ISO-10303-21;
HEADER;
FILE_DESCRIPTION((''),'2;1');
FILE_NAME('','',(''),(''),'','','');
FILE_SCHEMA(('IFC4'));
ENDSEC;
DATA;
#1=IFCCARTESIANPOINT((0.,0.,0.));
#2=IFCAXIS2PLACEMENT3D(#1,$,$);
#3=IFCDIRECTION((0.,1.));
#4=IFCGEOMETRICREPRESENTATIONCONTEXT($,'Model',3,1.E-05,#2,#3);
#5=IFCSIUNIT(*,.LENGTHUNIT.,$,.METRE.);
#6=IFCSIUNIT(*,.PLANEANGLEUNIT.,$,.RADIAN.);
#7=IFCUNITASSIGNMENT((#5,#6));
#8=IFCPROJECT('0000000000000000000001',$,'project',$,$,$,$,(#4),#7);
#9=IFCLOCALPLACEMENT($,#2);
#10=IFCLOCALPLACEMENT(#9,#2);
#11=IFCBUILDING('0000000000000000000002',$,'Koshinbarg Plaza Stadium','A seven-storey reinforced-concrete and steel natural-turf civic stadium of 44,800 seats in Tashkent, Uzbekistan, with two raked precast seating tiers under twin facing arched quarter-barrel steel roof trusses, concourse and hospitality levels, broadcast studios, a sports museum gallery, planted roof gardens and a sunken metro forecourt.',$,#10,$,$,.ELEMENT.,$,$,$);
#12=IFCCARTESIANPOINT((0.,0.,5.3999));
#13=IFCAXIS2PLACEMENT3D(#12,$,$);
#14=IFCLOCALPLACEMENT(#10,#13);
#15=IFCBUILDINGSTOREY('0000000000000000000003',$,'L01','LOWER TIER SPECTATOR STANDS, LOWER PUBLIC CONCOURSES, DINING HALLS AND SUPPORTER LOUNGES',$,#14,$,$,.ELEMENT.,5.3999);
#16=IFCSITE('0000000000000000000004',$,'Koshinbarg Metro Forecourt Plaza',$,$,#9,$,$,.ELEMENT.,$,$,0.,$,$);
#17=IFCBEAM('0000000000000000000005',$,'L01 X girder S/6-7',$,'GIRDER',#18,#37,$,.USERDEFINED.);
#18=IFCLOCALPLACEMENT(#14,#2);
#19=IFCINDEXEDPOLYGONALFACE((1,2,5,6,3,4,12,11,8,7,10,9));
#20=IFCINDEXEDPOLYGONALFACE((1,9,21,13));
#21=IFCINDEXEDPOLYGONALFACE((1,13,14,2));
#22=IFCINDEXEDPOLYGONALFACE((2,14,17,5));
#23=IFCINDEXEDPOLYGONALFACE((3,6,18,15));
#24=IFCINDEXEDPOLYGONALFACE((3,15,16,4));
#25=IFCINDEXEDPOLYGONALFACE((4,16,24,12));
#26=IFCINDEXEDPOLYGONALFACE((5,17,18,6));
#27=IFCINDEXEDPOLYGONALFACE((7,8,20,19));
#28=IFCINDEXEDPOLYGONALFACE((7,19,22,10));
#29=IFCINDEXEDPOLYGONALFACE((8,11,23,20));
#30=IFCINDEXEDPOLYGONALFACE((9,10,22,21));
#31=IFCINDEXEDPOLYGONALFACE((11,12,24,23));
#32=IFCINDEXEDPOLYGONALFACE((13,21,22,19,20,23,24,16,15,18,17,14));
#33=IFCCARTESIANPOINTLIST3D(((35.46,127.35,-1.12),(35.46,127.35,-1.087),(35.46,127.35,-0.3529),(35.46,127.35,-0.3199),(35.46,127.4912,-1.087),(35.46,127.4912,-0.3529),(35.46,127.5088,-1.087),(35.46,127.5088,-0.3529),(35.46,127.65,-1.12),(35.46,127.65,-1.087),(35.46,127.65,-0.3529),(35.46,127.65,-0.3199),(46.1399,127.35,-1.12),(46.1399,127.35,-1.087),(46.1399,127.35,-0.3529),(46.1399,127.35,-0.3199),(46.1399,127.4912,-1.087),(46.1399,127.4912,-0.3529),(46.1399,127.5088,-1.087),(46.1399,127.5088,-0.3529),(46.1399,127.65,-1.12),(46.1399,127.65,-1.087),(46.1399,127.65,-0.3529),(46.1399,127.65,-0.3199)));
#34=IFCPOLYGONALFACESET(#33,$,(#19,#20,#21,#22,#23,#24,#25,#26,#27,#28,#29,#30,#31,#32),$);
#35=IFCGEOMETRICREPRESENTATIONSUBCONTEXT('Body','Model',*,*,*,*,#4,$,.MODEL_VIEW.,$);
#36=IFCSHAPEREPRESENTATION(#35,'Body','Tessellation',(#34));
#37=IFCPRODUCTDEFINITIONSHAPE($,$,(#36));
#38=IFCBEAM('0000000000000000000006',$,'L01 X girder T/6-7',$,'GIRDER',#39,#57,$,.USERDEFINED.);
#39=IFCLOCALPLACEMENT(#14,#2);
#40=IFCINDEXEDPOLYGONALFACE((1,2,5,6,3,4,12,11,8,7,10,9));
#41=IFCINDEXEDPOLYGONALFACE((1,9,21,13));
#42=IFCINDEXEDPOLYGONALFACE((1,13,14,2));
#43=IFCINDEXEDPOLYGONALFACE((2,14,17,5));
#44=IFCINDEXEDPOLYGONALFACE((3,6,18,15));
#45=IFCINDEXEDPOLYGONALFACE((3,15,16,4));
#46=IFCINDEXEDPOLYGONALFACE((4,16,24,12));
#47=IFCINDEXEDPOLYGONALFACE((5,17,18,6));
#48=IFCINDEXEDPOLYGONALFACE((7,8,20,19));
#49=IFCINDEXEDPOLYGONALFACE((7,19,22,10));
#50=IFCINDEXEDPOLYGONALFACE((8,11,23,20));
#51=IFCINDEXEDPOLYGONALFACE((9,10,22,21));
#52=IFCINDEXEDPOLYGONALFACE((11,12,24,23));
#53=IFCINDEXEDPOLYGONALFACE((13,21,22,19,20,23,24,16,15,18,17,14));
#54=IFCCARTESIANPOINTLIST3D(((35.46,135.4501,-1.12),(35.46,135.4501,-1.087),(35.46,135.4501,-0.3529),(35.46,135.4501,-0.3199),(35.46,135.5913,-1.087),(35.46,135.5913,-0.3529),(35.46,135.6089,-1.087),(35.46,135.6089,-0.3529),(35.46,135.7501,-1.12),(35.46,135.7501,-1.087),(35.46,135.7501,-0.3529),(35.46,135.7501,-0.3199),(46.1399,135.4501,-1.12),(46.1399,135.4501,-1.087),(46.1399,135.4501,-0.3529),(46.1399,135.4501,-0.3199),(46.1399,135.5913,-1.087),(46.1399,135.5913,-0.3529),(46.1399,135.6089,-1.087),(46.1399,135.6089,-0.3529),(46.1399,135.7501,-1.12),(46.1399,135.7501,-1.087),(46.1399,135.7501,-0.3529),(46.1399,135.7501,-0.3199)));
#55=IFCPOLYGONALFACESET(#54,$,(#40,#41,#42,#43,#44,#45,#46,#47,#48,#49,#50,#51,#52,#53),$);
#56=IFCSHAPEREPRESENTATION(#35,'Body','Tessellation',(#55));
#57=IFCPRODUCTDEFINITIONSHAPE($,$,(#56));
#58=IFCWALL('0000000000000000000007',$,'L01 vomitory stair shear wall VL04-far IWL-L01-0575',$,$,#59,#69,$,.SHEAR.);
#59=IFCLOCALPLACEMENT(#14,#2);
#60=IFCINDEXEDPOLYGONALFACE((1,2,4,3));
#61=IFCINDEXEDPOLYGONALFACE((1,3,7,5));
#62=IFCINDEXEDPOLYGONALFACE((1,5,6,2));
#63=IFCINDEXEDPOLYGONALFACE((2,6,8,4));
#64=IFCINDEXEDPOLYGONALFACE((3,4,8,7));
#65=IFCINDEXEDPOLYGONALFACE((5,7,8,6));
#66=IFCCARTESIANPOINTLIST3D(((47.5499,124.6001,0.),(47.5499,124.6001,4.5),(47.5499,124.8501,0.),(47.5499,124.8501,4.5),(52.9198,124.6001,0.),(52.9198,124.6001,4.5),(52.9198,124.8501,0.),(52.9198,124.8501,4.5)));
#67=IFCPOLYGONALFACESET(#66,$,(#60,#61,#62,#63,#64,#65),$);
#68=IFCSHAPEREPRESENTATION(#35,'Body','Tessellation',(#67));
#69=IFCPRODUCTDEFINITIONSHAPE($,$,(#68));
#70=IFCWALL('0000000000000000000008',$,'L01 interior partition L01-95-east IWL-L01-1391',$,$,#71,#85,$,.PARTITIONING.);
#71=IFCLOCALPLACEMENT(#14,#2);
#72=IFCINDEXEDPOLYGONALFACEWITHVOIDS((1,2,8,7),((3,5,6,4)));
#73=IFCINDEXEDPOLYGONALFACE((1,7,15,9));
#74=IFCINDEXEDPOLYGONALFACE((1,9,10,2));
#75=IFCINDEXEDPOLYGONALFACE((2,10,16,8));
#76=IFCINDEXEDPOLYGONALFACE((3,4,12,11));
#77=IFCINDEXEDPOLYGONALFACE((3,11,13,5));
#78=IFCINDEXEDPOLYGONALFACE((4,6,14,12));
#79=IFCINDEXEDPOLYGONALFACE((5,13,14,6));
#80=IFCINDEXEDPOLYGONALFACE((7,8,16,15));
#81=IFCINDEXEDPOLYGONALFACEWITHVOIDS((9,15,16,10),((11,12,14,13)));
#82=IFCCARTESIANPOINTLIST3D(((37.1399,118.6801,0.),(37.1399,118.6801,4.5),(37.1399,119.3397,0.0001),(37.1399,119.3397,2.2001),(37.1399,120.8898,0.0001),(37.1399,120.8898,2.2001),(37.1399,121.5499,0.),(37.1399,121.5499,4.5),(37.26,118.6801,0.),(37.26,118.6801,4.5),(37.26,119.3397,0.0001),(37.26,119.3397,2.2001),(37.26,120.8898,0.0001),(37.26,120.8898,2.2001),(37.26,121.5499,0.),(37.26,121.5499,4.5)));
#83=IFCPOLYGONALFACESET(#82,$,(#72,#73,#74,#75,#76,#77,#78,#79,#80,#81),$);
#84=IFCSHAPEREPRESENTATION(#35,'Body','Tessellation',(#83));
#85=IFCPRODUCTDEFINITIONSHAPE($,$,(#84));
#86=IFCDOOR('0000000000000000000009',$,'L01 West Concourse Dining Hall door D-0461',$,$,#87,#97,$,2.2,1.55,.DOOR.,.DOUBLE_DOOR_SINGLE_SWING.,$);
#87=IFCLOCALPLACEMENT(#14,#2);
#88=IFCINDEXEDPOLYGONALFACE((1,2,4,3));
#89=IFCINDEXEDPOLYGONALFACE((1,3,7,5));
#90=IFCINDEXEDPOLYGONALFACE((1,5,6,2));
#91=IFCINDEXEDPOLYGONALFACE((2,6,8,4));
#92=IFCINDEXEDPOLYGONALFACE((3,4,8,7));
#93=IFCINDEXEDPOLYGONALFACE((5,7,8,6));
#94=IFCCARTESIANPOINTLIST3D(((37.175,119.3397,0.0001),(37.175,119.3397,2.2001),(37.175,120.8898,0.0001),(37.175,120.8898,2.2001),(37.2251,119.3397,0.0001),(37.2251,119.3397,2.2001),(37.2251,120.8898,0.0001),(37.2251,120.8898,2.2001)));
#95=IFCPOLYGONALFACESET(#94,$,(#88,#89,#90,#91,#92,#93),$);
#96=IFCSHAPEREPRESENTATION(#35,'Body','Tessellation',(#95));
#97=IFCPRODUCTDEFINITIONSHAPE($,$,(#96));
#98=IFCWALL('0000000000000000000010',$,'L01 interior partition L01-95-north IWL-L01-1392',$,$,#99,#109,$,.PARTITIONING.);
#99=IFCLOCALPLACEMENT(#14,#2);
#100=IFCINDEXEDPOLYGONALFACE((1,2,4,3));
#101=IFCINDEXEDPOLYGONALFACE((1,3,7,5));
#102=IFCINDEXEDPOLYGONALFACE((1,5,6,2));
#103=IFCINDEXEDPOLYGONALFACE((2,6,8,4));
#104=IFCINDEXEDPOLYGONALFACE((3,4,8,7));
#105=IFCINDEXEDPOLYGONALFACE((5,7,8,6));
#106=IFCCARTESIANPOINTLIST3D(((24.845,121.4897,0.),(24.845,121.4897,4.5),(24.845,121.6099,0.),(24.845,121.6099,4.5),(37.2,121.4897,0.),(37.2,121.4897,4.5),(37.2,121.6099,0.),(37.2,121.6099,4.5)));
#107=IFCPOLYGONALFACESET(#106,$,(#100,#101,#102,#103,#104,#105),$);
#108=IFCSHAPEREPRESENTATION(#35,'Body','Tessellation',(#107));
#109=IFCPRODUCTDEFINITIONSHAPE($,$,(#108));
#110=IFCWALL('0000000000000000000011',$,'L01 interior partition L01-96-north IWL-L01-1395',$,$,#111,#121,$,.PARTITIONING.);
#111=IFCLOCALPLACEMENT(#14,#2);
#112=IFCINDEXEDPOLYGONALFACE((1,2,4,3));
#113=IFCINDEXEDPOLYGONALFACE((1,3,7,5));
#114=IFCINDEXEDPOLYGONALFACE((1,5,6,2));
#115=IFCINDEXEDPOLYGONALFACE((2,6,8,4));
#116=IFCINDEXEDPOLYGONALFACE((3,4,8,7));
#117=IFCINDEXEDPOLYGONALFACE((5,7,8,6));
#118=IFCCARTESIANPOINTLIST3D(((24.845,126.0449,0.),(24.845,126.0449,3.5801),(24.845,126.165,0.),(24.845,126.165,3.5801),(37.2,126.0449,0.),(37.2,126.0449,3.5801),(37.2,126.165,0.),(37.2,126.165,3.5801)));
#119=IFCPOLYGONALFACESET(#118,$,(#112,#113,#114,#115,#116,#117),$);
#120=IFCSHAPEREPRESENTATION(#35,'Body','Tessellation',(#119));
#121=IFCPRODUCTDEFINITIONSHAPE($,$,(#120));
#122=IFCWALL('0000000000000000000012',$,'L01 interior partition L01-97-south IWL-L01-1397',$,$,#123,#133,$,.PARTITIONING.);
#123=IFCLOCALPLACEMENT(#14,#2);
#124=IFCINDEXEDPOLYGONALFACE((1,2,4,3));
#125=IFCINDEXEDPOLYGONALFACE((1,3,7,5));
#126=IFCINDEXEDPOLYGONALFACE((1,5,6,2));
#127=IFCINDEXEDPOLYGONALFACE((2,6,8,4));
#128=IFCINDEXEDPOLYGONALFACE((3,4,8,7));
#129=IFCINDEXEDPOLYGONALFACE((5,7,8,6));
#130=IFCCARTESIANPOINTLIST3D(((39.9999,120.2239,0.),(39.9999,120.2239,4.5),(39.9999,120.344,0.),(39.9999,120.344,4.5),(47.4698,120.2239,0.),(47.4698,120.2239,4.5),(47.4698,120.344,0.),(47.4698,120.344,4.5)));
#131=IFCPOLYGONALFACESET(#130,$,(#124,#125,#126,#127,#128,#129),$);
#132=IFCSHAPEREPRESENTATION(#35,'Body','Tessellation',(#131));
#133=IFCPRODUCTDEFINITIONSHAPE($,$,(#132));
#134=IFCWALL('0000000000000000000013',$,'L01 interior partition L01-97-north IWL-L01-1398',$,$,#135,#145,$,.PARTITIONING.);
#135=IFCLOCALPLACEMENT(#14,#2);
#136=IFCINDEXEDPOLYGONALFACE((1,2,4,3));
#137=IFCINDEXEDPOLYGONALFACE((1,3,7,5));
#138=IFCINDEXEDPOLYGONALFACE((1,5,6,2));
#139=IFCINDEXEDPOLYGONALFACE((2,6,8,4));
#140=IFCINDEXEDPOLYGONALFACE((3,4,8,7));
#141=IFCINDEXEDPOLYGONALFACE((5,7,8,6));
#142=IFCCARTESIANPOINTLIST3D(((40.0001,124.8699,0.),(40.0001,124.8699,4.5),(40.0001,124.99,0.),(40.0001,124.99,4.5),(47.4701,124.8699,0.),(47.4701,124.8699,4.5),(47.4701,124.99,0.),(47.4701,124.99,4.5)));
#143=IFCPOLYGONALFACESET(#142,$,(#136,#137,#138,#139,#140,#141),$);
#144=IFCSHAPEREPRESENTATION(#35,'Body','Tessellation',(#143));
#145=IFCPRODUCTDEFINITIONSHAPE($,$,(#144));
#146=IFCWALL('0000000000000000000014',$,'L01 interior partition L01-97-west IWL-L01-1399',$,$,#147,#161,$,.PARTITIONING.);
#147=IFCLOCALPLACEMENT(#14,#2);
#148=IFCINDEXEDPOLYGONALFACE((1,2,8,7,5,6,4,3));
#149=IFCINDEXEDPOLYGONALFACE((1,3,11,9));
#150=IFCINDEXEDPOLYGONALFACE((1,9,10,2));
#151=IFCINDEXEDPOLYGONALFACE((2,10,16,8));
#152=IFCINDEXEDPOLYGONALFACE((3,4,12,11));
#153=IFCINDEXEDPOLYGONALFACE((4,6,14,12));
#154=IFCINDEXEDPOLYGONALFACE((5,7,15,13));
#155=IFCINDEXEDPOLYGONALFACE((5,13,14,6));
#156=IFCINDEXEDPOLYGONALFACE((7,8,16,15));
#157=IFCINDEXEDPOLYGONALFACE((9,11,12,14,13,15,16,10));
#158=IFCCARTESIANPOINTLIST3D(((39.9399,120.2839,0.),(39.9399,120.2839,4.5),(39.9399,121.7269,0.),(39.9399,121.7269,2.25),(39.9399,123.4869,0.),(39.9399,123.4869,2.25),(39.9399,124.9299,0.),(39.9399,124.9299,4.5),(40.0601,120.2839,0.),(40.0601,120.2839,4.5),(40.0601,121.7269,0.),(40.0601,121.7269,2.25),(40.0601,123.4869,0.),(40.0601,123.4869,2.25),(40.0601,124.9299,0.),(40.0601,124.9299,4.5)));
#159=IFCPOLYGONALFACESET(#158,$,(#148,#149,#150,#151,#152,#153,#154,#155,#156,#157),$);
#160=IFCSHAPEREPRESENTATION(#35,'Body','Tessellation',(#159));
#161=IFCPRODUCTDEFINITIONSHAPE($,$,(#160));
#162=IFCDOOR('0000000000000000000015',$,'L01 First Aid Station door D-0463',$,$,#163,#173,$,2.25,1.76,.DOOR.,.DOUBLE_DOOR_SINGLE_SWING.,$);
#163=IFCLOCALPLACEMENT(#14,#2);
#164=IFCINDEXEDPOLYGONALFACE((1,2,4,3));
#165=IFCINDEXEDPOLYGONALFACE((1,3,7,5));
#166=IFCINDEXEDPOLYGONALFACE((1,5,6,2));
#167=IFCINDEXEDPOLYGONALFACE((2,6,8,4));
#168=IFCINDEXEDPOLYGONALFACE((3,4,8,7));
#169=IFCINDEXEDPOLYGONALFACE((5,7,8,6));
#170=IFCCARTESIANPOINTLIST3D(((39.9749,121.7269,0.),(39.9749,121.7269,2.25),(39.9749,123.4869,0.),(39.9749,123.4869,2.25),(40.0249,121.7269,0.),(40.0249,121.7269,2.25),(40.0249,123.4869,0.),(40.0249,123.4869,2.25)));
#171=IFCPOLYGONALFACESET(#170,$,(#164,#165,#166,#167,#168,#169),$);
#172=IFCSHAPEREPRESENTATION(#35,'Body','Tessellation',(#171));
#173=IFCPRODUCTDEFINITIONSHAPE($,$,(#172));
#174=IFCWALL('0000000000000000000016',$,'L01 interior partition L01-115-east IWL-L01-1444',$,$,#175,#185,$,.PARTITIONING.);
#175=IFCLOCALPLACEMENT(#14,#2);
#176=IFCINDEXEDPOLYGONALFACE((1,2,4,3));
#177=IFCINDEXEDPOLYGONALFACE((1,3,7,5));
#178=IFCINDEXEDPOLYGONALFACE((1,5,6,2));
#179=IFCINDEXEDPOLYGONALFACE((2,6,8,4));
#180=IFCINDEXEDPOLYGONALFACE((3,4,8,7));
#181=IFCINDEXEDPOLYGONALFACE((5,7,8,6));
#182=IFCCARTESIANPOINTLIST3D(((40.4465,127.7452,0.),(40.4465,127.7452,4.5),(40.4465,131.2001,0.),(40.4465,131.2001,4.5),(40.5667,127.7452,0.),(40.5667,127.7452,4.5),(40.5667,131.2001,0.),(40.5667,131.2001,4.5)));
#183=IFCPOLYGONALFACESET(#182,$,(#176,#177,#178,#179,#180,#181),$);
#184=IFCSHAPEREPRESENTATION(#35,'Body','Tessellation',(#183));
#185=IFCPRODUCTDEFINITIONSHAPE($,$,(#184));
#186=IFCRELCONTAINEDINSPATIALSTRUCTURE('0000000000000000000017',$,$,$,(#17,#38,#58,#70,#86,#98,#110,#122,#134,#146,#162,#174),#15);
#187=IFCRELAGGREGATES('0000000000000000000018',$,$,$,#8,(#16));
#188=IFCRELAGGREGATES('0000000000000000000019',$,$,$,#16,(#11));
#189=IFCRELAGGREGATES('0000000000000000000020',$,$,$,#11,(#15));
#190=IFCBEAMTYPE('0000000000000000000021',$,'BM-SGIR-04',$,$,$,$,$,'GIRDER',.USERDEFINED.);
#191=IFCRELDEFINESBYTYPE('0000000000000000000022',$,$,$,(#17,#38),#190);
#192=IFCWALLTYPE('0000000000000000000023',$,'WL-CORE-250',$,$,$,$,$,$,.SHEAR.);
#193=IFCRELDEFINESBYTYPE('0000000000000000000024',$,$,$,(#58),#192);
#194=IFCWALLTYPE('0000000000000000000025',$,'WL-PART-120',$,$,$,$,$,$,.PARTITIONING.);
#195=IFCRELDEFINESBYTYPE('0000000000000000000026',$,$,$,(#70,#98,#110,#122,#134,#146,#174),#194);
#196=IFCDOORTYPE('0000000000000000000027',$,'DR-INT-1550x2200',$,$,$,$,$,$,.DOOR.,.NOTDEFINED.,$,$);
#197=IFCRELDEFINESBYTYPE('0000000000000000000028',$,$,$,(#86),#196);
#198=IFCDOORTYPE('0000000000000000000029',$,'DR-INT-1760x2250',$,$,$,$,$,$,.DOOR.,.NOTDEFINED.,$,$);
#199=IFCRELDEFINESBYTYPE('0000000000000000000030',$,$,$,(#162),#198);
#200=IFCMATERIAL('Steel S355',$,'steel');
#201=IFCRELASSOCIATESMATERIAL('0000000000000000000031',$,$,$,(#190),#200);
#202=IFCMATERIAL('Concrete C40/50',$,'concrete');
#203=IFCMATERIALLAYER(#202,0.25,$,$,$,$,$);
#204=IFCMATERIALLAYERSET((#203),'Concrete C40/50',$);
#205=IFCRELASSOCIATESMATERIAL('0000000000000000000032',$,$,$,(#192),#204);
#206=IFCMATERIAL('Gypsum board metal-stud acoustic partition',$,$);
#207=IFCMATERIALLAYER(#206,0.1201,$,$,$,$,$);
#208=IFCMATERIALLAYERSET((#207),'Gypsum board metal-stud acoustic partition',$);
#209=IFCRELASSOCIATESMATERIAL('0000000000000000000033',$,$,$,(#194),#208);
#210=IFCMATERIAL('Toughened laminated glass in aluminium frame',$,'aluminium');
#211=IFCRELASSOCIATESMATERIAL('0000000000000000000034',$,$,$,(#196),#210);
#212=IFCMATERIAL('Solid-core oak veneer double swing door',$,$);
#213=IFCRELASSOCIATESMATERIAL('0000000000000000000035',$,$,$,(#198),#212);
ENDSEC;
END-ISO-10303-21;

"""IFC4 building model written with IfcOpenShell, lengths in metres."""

from ifc_helpers import new_model, si_unit, direction, frame, frame_2d, origin, origin_2d, place, context, subcontext, project, spatial, rectangle, i_section, extrude, material, layer, layer_set, material_profile, profile_set, type_object, element, fill, save


model = new_model("IFC4")

# Units and contexts
model_context = context("Model", 3, precision=1e-05, world=origin(), true_north=direction((0.0, 1.0)))
body_context = subcontext(model_context, "Body", "Model", "MODEL_VIEW")
ifc_project = project(units=[si_unit("LENGTHUNIT", "METRE"), si_unit("PLANEANGLEUNIT", "RADIAN")], contexts=[model_context])

# Site, building, storey
site_placement = place(None, origin())
site = spatial("IfcSite", under=ifc_project, at=site_placement, Name="Koshinbarg Metro Forecourt Plaza", CompositionType="ELEMENT", RefElevation=0.0)
building_placement = place(site_placement, origin())
building = spatial("IfcBuilding", under=site, at=building_placement, Name="Koshinbarg Plaza Stadium", Description="A seven-storey reinforced-concrete and steel natural-turf civic stadium of 44,800 seats in Tashkent, Uzbekistan, with two raked precast seating tiers under twin facing arched quarter-barrel steel roof trusses, concourse and hospitality levels, broadcast studios, a sports museum gallery, planted roof gardens and a sunken metro forecourt.", CompositionType="ELEMENT")
storey_placement = place(building_placement, frame((0.0, 0.0, 5.3999)))
storey = spatial("IfcBuildingStorey", under=building, at=storey_placement, Name="L01", Description="LOWER TIER SPECTATOR STANDS, LOWER PUBLIC CONCOURSES, DINING HALLS AND SUPPORTER LOUNGES", CompositionType="ELEMENT", Elevation=5.3999)

# Shared definitions
ifc_material_1 = material(Name="Concrete C40/50", Category="concrete")

# Beams
ifc_material_2 = material(Name="Steel S355", Category="steel")
ifc_material_profile_1 = material_profile(ifc_material_2, i_section(OverallWidth=0.3, OverallDepth=0.8, WebThickness=0.0176, FlangeThickness=0.033, at=origin_2d()), Name="HEB 800")
ifc_profile_set_1 = profile_set([ifc_material_profile_1], Name="Steel S355")
beam_type_1 = type_object("IfcBeamType", Name="BM-SGIR-04", ElementType="GIRDER", PredefinedType="USERDEFINED", material=ifc_profile_set_1)
for number, where, z_axis, x_axis, name in (
    (1, (35.46, 127.5, -0.72), (1.0, 0.0, 0.0), (0.0, 1.0, 0.0), "L01 X girder S/6-7"),
    (2, (35.46, 135.6001, -0.72), (1.0, 0.0, 0.0), (0.0, 1.0, 0.0), "L01 X girder T/6-7"),
):
    element("IfcBeam", number, at=place(storey_placement, frame(where, z_axis=z_axis, x_axis=x_axis)), inside=storey, type_object=beam_type_1, Name=name, ObjectType="GIRDER", PredefinedType="USERDEFINED", context=body_context, shape_type="SweptSolid", body=[
        extrude(i_section(OverallWidth=0.3, OverallDepth=0.8, WebThickness=0.0176, FlangeThickness=0.033, at=origin_2d()), origin(), (0.0, 0.0, 1.0), 10.6799),
    ])

# Wall
ifc_layer_1 = layer(ifc_material_1, 0.25)
ifc_layer_set_1 = layer_set([ifc_layer_1], Name="Concrete C40/50")
wall_type_1 = type_object("IfcWallType", Name="WL-CORE-250", PredefinedType="SHEAR", material=ifc_layer_set_1)
wall_1_placement = place(storey_placement, frame((52.9199, 124.7251, 0.0), z_axis=(0.0, 0.0, 1.0), x_axis=(-1.0, 0.0, 0.0)))
element("IfcWall", 3, at=wall_1_placement, inside=storey, type_object=wall_type_1, Name="L01 vomitory stair shear wall VL04-far IWL-L01-0575", PredefinedType="SHEAR", context=body_context, shape_type="SweptSolid", body=[
    extrude(rectangle(XDim=5.3699, YDim=0.25, at=frame_2d((2.6851, 0.0))), origin(), (0.0, 0.0, 1.0), 4.5),
])

# Wall, opening, door
ifc_material_3 = material(Name="Gypsum board metal-stud acoustic partition")
ifc_layer_2 = layer(ifc_material_3, 0.1201)
ifc_layer_set_2 = layer_set([ifc_layer_2], Name="Gypsum board metal-stud acoustic partition")
wall_type_2 = type_object("IfcWallType", Name="WL-PART-120", PredefinedType="PARTITIONING", material=ifc_layer_set_2)
wall_2_placement = place(storey_placement, frame((37.2, 118.6799, 0.0), z_axis=(0.0, 0.0, 1.0), x_axis=(0.0, 1.0, 0.0)))
wall_2 = element("IfcWall", 4, at=wall_2_placement, inside=storey, type_object=wall_type_2, Name="L01 interior partition L01-95-east IWL-L01-1391", PredefinedType="PARTITIONING", context=body_context, shape_type="SweptSolid", body=[
    extrude(rectangle(XDim=2.8699, YDim=0.1201, at=frame_2d((1.4351, 0.0))), origin(), (0.0, 0.0, 1.0), 4.5),
])
opening_1_placement = place(wall_2_placement, frame((0.6599, 0.0, 0.0)))
opening_1 = element("IfcOpeningElement", 5, at=opening_1_placement, cuts=wall_2, PredefinedType="OPENING", context=body_context, shape_type="SweptSolid", body=[
    extrude(rectangle(XDim=1.55, YDim=2.2, at=frame_2d((0.7749, 1.1001))), frame((0.0, 0.0701, 0.0), z_axis=(0.0, -1.0, 0.0), x_axis=(1.0, 0.0, 0.0)), (0.0, 0.0, 1.0), 0.1401),
])
ifc_material_4 = material(Name="Toughened laminated glass in aluminium frame", Category="aluminium")
door_type_1 = type_object("IfcDoorType", Name="DR-INT-1550x2200", OperationType="NOTDEFINED", PredefinedType="DOOR", material=ifc_material_4)
door_1_placement = place(opening_1_placement, origin())
door_1 = element("IfcDoor", 6, at=door_1_placement, inside=storey, type_object=door_type_1, Name="L01 West Concourse Dining Hall door D-0461", OperationType="DOUBLE_DOOR_SINGLE_SWING", OverallHeight=2.2, OverallWidth=1.55, PredefinedType="DOOR", context=body_context, shape_type="SweptSolid", body=[
    extrude(rectangle(XDim=1.55, YDim=2.2, at=frame_2d((0.7749, 1.1001))), frame((0.0, 0.0249, 0.0), z_axis=(0.0, -1.0, 0.0), x_axis=(1.0, 0.0, 0.0)), (0.0, 0.0, 1.0), 0.05),
])
fill(opening_1, door_1)

# Wall
wall_3_placement = place(storey_placement, frame((37.2, 121.5498, 0.0), z_axis=(0.0, 0.0, 1.0), x_axis=(-1.0, 0.0, 0.0)))
element("IfcWall", 7, at=wall_3_placement, inside=storey, type_object=wall_type_2, Name="L01 interior partition L01-95-north IWL-L01-1392", PredefinedType="PARTITIONING", context=body_context, shape_type="SweptSolid", body=[
    extrude(rectangle(XDim=12.355, YDim=0.1201, at=frame_2d((6.1775, 0.0))), origin(), (0.0, 0.0, 1.0), 4.5),
])

# Walls
wall_4_placement = place(storey_placement, frame((37.2, 126.105, 0.0), z_axis=(0.0, 0.0, 1.0), x_axis=(-1.0, 0.0, 0.0)))
element("IfcWall", 8, at=wall_4_placement, inside=storey, type_object=wall_type_2, Name="L01 interior partition L01-96-north IWL-L01-1395", PredefinedType="PARTITIONING", context=body_context, shape_type="SweptSolid", body=[
    extrude(rectangle(XDim=12.355, YDim=0.1201, at=frame_2d((6.1775, 0.0))), origin(), (0.0, 0.0, 1.0), 3.5801),
])
for number, where, z_axis, x_axis, name in (
    (9, (40.0, 120.2839, 0.0), (0.0, 0.0, 1.0), (1.0, 0.0, 0.0), "L01 interior partition L01-97-south IWL-L01-1397"),
    (10, (47.47, 124.9299, 0.0), (0.0, 0.0, 1.0), (-1.0, 0.0, 0.0), "L01 interior partition L01-97-north IWL-L01-1398"),
):
    element("IfcWall", number, at=place(storey_placement, frame(where, z_axis=z_axis, x_axis=x_axis)), inside=storey, type_object=wall_type_2, Name=name, PredefinedType="PARTITIONING", context=body_context, shape_type="SweptSolid", body=[
        extrude(rectangle(XDim=7.47, YDim=0.1201, at=frame_2d((3.7349, 0.0))), origin(), (0.0, 0.0, 1.0), 4.5),
    ])

# Wall, opening, door
wall_5_placement = place(storey_placement, frame((40.0, 124.9299, 0.0), z_axis=(0.0, 0.0, 1.0), x_axis=(0.0, -1.0, 0.0)))
wall_5 = element("IfcWall", 11, at=wall_5_placement, inside=storey, type_object=wall_type_2, Name="L01 interior partition L01-97-west IWL-L01-1399", PredefinedType="PARTITIONING", context=body_context, shape_type="SweptSolid", body=[
    extrude(rectangle(XDim=4.646, YDim=0.1201, at=frame_2d((2.323, 0.0))), origin(), (0.0, 0.0, 1.0), 4.5),
])
opening_2_placement = place(wall_5_placement, frame((1.4431, 0.0, 0.0)))
opening_2 = element("IfcOpeningElement", 12, at=opening_2_placement, cuts=wall_5, PredefinedType="OPENING", context=body_context, shape_type="SweptSolid", body=[
    extrude(rectangle(XDim=1.76, YDim=2.25, at=frame_2d((0.8799, 1.125))), frame((0.0, 0.0701, 0.0), z_axis=(0.0, -1.0, 0.0), x_axis=(1.0, 0.0, 0.0)), (0.0, 0.0, 1.0), 0.1401),
])
ifc_material_5 = material(Name="Solid-core oak veneer double swing door")
door_type_2 = type_object("IfcDoorType", Name="DR-INT-1760x2250", OperationType="NOTDEFINED", PredefinedType="DOOR", material=ifc_material_5)
door_2_placement = place(opening_2_placement, origin())
door_2 = element("IfcDoor", 13, at=door_2_placement, inside=storey, type_object=door_type_2, Name="L01 First Aid Station door D-0463", OperationType="DOUBLE_DOOR_SINGLE_SWING", OverallHeight=2.25, OverallWidth=1.76, PredefinedType="DOOR", context=body_context, shape_type="SweptSolid", body=[
    extrude(rectangle(XDim=1.76, YDim=2.25, at=frame_2d((0.8799, 1.125))), frame((0.0, 0.0249, 0.0), z_axis=(0.0, -1.0, 0.0), x_axis=(1.0, 0.0, 0.0)), (0.0, 0.0, 1.0), 0.05),
])
fill(opening_2, door_2)

# Wall
wall_6_placement = place(storey_placement, frame((40.5066, 127.7451, 0.0), z_axis=(0.0, 0.0, 1.0), x_axis=(0.0, 1.0, 0.0)))
element("IfcWall", 14, at=wall_6_placement, inside=storey, type_object=wall_type_2, Name="L01 interior partition L01-115-east IWL-L01-1444", PredefinedType="PARTITIONING", context=body_context, shape_type="SweptSolid", body=[
    extrude(rectangle(XDim=3.4548, YDim=0.1201, at=frame_2d((1.7275, 0.0))), origin(), (0.0, 0.0, 1.0), 4.5),
])

save(model, "model.ifc")
